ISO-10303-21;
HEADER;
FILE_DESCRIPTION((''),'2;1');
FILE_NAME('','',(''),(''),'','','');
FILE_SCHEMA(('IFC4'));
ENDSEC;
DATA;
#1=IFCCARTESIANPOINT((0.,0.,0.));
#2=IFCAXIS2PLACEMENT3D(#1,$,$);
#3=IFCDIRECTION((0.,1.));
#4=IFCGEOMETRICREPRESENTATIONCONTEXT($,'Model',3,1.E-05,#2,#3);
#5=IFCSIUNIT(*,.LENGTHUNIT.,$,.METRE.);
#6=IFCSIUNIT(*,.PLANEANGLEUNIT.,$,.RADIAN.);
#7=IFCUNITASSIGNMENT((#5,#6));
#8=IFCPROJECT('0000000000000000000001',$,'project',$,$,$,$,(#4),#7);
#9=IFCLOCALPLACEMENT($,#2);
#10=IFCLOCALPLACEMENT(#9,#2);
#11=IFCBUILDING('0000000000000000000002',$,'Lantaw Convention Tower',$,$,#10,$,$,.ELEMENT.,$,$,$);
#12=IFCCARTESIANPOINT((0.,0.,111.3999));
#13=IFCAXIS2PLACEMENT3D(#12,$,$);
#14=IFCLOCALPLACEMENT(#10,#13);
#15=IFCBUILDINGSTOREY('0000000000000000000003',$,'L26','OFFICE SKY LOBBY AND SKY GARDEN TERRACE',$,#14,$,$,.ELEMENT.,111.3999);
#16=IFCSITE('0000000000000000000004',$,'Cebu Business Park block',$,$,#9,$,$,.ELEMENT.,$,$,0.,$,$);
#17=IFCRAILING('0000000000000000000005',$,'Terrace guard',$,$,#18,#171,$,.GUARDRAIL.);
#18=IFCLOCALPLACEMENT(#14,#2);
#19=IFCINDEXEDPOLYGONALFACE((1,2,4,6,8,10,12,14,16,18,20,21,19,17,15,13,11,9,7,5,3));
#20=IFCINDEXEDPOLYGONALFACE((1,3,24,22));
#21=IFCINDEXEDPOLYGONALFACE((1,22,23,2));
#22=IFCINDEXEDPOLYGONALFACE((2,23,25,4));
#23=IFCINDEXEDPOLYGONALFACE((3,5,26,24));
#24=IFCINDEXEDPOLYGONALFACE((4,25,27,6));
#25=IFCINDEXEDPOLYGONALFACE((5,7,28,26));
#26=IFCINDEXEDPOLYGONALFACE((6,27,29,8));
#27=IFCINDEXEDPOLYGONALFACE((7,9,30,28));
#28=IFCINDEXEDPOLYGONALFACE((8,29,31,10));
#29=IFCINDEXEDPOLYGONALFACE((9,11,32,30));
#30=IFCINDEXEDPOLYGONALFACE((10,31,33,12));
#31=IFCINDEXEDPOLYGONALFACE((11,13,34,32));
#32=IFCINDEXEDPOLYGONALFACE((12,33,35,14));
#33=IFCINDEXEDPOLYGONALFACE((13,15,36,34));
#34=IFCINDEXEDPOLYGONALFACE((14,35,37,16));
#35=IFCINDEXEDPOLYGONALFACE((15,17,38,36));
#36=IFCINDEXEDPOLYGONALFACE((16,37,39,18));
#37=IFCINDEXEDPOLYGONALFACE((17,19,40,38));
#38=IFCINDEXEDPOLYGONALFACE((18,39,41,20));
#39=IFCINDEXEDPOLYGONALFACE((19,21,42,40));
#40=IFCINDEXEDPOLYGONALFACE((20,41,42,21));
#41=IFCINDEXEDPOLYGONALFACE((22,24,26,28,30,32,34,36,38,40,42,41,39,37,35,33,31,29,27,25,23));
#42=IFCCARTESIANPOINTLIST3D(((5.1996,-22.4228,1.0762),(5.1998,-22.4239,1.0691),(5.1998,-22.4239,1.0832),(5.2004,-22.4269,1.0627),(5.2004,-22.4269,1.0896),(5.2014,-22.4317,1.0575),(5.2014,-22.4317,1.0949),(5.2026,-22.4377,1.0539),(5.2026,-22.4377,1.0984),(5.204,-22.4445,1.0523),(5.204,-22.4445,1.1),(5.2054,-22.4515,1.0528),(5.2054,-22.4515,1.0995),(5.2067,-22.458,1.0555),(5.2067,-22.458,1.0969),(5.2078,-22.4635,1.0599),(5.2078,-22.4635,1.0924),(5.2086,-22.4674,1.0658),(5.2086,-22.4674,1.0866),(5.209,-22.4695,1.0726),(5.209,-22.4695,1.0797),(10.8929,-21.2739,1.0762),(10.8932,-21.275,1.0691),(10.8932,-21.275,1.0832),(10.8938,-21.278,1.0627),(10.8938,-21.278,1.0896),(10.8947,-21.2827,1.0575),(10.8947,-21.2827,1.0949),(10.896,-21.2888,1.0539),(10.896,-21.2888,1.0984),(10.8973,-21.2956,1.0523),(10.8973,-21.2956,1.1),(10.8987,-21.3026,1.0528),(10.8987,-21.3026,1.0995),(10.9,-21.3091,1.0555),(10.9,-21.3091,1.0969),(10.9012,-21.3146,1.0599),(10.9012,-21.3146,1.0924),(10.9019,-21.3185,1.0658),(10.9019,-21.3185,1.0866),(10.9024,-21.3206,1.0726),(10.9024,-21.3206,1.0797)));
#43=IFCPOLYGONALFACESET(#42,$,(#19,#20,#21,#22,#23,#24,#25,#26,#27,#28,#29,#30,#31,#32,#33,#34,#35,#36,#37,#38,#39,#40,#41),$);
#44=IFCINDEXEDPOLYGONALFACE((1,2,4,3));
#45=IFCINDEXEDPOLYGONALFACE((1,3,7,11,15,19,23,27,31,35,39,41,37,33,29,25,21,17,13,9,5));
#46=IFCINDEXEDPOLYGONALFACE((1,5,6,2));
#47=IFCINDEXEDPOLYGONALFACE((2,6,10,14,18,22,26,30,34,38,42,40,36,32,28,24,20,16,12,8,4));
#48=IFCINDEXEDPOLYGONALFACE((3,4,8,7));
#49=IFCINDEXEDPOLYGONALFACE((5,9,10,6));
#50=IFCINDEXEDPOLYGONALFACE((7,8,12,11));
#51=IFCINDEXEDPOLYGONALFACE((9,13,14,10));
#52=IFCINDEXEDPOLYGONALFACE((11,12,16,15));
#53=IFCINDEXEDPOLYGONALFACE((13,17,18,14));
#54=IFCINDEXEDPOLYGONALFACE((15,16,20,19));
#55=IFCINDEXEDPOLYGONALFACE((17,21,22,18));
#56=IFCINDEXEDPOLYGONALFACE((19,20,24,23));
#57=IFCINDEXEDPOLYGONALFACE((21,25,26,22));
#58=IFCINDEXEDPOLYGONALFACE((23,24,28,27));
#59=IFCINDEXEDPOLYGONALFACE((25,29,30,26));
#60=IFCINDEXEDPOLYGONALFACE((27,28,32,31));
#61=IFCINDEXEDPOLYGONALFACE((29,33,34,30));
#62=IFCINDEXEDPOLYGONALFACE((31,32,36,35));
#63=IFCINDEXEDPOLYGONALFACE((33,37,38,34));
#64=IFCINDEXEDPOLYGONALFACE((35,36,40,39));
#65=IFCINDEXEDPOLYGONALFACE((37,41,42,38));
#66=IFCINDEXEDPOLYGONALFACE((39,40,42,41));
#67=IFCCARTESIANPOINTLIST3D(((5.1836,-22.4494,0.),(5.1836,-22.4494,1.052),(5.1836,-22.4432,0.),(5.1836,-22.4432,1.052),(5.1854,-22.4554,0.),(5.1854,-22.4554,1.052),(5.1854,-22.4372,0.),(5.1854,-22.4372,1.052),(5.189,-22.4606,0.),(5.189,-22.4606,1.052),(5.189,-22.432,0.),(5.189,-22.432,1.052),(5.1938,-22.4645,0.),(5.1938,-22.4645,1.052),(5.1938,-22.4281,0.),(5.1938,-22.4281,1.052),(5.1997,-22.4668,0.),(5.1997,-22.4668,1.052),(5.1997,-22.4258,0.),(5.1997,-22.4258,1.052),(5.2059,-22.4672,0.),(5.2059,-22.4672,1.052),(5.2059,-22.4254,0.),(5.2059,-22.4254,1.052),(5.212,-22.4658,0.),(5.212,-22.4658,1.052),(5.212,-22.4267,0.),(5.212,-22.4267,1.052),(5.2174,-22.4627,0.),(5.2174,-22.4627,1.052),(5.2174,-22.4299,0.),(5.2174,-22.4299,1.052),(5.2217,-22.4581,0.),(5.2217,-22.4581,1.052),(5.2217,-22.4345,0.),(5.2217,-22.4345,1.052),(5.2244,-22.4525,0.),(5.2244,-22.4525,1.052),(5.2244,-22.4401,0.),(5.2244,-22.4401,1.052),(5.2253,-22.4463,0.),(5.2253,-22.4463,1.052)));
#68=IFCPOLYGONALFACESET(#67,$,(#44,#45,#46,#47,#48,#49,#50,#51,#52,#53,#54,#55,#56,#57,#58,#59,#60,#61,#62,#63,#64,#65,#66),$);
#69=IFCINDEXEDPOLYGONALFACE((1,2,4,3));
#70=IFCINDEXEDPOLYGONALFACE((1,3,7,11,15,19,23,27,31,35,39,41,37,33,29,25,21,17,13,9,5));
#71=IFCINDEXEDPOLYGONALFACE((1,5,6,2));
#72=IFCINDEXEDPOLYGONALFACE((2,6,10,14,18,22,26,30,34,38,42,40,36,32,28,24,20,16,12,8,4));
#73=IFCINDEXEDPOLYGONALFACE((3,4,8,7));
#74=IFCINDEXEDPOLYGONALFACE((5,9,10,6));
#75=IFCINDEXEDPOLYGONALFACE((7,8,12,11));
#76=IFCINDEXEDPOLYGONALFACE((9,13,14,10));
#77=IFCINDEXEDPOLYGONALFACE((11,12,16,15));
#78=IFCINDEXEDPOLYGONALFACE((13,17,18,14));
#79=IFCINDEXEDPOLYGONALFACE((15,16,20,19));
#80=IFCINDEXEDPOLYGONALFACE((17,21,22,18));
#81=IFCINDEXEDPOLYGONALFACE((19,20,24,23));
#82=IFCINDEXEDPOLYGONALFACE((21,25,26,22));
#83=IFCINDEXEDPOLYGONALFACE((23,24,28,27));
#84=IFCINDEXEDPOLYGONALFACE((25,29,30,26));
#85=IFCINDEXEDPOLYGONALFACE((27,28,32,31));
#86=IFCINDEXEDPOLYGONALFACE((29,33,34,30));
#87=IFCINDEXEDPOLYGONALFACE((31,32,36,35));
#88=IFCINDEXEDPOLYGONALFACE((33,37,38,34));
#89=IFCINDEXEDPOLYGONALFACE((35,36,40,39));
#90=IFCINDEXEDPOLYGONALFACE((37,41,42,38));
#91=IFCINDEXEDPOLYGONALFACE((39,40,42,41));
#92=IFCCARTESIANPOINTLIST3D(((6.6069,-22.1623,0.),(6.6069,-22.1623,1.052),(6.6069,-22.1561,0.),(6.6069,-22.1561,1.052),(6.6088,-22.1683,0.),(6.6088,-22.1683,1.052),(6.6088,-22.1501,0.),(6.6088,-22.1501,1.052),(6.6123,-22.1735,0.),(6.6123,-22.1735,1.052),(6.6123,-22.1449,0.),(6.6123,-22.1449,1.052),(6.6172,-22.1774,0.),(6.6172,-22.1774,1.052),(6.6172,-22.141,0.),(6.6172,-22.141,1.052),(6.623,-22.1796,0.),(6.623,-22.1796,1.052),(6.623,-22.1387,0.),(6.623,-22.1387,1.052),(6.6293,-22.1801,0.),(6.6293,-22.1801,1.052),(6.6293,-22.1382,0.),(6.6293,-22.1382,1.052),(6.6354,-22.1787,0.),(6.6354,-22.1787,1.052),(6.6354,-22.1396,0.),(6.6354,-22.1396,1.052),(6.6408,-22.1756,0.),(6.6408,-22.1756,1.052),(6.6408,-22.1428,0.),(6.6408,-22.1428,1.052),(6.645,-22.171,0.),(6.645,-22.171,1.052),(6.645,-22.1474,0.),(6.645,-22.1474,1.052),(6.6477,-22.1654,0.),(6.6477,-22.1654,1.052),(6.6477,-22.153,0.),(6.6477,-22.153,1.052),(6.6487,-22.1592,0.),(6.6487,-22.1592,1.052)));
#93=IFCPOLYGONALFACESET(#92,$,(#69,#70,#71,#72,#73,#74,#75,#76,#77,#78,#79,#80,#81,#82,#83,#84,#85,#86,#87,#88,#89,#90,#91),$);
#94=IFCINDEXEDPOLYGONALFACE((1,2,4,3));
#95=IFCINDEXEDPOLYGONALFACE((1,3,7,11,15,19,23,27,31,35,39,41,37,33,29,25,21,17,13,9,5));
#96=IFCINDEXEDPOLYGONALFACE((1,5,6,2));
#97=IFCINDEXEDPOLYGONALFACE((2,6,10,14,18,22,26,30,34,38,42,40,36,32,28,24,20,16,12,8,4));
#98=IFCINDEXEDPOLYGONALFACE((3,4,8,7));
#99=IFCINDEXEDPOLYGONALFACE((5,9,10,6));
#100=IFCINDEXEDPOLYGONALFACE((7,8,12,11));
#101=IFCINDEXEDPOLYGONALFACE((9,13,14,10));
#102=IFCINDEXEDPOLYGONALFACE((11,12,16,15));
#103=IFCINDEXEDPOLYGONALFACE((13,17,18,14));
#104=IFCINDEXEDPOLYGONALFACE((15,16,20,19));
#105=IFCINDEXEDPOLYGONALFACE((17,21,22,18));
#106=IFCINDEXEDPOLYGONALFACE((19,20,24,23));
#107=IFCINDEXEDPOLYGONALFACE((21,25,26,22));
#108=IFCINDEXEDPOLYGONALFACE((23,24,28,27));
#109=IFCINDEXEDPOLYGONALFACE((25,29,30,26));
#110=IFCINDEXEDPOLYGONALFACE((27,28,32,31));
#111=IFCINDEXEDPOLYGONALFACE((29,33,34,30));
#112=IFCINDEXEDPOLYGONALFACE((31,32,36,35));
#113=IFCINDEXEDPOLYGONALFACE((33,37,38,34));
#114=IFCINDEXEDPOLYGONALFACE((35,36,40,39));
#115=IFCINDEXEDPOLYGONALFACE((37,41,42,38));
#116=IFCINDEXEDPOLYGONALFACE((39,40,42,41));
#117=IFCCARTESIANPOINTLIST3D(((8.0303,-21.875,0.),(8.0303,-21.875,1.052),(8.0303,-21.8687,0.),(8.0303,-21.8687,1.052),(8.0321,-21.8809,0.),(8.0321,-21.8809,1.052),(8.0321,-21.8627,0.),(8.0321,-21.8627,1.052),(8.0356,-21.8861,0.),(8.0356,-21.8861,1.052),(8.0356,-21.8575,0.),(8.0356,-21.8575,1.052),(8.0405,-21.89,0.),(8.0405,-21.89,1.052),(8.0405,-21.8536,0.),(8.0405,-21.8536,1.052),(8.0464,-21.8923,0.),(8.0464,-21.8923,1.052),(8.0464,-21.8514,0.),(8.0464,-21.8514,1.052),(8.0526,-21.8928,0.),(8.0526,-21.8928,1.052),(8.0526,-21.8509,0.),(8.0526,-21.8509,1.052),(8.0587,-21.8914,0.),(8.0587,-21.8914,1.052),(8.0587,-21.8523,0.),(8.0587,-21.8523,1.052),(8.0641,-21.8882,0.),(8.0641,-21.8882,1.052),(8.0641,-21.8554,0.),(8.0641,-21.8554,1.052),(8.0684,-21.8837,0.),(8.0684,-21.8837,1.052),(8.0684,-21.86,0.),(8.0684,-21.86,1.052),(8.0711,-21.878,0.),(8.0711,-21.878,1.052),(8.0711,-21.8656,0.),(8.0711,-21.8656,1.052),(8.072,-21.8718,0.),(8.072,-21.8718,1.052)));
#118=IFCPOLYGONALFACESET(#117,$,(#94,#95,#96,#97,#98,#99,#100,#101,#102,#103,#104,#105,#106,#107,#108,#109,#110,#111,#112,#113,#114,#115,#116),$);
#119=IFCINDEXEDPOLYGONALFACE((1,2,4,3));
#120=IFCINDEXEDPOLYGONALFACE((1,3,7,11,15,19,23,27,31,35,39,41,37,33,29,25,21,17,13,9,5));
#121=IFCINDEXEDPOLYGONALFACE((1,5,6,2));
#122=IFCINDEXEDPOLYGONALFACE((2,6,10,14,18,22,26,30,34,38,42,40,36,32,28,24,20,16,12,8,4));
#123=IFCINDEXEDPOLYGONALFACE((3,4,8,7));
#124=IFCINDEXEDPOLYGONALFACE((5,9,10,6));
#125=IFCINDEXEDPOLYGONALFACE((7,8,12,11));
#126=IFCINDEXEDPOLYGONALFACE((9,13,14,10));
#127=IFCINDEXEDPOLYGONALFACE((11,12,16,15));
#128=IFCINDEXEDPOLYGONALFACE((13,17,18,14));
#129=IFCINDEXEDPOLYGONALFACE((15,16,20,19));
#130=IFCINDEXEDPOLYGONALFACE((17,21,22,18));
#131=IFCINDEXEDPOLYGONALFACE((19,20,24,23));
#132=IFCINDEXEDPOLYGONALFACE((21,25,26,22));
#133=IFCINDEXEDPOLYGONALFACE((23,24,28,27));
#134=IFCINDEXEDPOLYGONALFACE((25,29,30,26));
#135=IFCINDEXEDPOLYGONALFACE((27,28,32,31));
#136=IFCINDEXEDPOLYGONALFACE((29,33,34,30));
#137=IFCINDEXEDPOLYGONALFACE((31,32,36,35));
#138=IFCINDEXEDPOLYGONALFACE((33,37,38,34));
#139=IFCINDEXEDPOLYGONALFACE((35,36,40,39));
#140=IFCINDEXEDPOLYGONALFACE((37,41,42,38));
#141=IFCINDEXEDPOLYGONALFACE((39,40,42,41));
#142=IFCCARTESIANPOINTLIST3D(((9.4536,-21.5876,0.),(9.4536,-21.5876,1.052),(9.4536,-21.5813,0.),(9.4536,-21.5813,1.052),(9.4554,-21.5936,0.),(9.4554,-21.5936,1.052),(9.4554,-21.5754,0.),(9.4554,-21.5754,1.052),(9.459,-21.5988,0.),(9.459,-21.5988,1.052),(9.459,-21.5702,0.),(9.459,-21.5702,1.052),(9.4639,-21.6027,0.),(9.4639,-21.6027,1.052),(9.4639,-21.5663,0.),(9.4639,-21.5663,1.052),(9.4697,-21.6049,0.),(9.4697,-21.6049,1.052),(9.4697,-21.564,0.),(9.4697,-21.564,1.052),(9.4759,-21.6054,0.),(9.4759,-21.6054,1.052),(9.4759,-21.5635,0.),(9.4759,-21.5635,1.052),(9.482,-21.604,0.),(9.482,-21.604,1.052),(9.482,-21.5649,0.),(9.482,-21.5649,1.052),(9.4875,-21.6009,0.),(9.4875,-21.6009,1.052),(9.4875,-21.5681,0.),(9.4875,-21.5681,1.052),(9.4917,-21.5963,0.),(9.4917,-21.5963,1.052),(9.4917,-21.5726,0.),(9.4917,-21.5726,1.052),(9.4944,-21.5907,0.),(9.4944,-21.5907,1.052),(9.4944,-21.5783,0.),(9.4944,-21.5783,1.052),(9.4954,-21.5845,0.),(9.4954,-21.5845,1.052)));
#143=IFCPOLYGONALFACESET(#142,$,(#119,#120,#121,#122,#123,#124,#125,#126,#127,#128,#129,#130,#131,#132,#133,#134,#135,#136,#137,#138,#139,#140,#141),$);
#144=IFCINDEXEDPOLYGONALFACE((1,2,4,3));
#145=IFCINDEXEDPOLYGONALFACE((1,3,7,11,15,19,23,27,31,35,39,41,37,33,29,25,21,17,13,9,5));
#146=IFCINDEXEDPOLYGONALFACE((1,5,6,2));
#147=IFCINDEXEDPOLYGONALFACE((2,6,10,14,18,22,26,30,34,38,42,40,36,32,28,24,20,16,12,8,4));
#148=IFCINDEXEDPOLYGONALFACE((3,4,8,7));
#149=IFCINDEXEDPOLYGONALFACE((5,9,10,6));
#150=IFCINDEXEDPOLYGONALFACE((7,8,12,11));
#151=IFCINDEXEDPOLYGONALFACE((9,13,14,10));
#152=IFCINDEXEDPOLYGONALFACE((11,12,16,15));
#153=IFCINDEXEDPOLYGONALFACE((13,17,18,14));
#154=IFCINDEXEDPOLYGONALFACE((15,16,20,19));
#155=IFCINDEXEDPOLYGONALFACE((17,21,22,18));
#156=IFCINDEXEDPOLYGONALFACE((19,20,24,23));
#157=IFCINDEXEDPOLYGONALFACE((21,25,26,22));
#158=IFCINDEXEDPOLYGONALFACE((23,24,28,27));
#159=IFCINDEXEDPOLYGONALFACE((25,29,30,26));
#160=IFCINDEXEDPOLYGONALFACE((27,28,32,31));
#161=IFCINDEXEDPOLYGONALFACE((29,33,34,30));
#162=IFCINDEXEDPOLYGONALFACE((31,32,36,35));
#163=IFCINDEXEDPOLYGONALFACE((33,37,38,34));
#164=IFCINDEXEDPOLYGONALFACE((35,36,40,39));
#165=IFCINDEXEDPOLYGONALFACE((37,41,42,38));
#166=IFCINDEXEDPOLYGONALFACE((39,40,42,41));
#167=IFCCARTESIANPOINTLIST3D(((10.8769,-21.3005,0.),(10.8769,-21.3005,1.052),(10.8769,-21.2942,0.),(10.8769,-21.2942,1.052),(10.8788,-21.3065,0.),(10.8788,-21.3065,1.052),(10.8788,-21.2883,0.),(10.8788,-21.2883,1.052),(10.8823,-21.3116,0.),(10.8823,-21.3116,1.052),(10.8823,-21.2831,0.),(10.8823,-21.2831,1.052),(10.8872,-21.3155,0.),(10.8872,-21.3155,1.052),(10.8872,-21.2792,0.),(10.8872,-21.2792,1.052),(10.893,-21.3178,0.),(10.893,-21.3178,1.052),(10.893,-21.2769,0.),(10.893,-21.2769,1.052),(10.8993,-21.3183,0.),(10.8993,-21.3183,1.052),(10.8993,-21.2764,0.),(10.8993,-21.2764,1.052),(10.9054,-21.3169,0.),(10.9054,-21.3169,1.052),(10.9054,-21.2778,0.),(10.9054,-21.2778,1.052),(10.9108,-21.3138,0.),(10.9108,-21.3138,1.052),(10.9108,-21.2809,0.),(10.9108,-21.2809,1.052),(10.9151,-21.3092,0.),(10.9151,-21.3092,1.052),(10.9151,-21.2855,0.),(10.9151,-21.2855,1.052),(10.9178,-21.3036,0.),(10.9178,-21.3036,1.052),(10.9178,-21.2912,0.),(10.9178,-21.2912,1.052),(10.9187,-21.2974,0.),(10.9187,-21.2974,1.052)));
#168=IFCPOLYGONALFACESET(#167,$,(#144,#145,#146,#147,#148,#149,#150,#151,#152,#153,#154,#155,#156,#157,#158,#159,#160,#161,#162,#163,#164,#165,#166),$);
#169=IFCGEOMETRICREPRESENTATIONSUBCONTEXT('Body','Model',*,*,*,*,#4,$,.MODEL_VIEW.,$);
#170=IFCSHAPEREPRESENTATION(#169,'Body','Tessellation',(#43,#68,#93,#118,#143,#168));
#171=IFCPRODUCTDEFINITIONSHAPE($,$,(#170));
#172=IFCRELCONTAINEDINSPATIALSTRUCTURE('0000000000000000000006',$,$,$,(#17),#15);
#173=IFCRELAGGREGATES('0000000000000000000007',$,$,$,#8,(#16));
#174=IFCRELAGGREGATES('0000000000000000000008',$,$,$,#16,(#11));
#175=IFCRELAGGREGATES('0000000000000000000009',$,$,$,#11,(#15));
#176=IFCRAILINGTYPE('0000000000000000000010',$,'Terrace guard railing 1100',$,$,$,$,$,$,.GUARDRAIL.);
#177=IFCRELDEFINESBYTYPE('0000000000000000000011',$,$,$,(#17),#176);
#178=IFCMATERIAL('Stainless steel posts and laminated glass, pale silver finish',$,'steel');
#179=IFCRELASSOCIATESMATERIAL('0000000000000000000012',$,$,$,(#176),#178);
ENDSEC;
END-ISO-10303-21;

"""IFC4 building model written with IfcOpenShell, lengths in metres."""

from ifc_helpers import new_model, si_unit, direction, frame, origin, origin_2d, place, context, subcontext, project, spatial, circle, extrude, material, type_object, element, save


model = new_model("IFC4")

# Units and contexts
model_context = context("Model", 3, precision=1e-05, world=origin(), true_north=direction((0.0, 1.0)))
body_context = subcontext(model_context, "Body", "Model", "MODEL_VIEW")
ifc_project = project(units=[si_unit("LENGTHUNIT", "METRE"), si_unit("PLANEANGLEUNIT", "RADIAN")], contexts=[model_context])

# Site, building, storey
site_placement = place(None, origin())
site = spatial("IfcSite", under=ifc_project, at=site_placement, Name="Cebu Business Park block", CompositionType="ELEMENT", RefElevation=0.0)
building_placement = place(site_placement, origin())
building = spatial("IfcBuilding", under=site, at=building_placement, Name="Lantaw Convention Tower", CompositionType="ELEMENT")
storey_placement = place(building_placement, frame((0.0, 0.0, 111.3999)))
storey = spatial("IfcBuildingStorey", under=building, at=storey_placement, Name="L26", Description="OFFICE SKY LOBBY AND SKY GARDEN TERRACE", CompositionType="ELEMENT", Elevation=111.3999)

# Railing
ifc_material_1 = material(Name="Stainless steel posts and laminated glass, pale silver finish", Category="steel")
railing_type = type_object("IfcRailingType", Name="Terrace guard railing 1100", PredefinedType="GUARDRAIL", material=ifc_material_1)
railing_1_placement = place(storey_placement, frame((5.2043, -22.4463, 0.0)))
element("IfcRailing", 1, at=railing_1_placement, inside=storey, type_object=railing_type, Name="Terrace guard", PredefinedType="GUARDRAIL", context=body_context, shape_type="SweptSolid", body=[
    extrude(circle(Radius=0.0239, at=origin_2d()), frame((0.0, 0.0, 1.0762), z_axis=(0.98024, 0.197813, 0.0), x_axis=(-0.197813, 0.98024, 0.0)), (0.0, 0.0, 1.0), 5.8081),
    extrude(circle(Radius=0.021, at=origin_2d()), origin(), (0.0, 0.0, 1.0), 1.052),
    extrude(circle(Radius=0.021, at=origin_2d()), frame((1.4233, 0.2871, 0.0)), (0.0, 0.0, 1.0), 1.052),
    extrude(circle(Radius=0.021, at=origin_2d()), frame((2.8467, 0.5745, 0.0)), (0.0, 0.0, 1.0), 1.052),
    extrude(circle(Radius=0.021, at=origin_2d()), frame((4.27, 0.8618, 0.0)), (0.0, 0.0, 1.0), 1.052),
    extrude(circle(Radius=0.021, at=origin_2d()), frame((5.6934, 1.1489, 0.0)), (0.0, 0.0, 1.0), 1.052),
])

save(model, "model.ifc")
